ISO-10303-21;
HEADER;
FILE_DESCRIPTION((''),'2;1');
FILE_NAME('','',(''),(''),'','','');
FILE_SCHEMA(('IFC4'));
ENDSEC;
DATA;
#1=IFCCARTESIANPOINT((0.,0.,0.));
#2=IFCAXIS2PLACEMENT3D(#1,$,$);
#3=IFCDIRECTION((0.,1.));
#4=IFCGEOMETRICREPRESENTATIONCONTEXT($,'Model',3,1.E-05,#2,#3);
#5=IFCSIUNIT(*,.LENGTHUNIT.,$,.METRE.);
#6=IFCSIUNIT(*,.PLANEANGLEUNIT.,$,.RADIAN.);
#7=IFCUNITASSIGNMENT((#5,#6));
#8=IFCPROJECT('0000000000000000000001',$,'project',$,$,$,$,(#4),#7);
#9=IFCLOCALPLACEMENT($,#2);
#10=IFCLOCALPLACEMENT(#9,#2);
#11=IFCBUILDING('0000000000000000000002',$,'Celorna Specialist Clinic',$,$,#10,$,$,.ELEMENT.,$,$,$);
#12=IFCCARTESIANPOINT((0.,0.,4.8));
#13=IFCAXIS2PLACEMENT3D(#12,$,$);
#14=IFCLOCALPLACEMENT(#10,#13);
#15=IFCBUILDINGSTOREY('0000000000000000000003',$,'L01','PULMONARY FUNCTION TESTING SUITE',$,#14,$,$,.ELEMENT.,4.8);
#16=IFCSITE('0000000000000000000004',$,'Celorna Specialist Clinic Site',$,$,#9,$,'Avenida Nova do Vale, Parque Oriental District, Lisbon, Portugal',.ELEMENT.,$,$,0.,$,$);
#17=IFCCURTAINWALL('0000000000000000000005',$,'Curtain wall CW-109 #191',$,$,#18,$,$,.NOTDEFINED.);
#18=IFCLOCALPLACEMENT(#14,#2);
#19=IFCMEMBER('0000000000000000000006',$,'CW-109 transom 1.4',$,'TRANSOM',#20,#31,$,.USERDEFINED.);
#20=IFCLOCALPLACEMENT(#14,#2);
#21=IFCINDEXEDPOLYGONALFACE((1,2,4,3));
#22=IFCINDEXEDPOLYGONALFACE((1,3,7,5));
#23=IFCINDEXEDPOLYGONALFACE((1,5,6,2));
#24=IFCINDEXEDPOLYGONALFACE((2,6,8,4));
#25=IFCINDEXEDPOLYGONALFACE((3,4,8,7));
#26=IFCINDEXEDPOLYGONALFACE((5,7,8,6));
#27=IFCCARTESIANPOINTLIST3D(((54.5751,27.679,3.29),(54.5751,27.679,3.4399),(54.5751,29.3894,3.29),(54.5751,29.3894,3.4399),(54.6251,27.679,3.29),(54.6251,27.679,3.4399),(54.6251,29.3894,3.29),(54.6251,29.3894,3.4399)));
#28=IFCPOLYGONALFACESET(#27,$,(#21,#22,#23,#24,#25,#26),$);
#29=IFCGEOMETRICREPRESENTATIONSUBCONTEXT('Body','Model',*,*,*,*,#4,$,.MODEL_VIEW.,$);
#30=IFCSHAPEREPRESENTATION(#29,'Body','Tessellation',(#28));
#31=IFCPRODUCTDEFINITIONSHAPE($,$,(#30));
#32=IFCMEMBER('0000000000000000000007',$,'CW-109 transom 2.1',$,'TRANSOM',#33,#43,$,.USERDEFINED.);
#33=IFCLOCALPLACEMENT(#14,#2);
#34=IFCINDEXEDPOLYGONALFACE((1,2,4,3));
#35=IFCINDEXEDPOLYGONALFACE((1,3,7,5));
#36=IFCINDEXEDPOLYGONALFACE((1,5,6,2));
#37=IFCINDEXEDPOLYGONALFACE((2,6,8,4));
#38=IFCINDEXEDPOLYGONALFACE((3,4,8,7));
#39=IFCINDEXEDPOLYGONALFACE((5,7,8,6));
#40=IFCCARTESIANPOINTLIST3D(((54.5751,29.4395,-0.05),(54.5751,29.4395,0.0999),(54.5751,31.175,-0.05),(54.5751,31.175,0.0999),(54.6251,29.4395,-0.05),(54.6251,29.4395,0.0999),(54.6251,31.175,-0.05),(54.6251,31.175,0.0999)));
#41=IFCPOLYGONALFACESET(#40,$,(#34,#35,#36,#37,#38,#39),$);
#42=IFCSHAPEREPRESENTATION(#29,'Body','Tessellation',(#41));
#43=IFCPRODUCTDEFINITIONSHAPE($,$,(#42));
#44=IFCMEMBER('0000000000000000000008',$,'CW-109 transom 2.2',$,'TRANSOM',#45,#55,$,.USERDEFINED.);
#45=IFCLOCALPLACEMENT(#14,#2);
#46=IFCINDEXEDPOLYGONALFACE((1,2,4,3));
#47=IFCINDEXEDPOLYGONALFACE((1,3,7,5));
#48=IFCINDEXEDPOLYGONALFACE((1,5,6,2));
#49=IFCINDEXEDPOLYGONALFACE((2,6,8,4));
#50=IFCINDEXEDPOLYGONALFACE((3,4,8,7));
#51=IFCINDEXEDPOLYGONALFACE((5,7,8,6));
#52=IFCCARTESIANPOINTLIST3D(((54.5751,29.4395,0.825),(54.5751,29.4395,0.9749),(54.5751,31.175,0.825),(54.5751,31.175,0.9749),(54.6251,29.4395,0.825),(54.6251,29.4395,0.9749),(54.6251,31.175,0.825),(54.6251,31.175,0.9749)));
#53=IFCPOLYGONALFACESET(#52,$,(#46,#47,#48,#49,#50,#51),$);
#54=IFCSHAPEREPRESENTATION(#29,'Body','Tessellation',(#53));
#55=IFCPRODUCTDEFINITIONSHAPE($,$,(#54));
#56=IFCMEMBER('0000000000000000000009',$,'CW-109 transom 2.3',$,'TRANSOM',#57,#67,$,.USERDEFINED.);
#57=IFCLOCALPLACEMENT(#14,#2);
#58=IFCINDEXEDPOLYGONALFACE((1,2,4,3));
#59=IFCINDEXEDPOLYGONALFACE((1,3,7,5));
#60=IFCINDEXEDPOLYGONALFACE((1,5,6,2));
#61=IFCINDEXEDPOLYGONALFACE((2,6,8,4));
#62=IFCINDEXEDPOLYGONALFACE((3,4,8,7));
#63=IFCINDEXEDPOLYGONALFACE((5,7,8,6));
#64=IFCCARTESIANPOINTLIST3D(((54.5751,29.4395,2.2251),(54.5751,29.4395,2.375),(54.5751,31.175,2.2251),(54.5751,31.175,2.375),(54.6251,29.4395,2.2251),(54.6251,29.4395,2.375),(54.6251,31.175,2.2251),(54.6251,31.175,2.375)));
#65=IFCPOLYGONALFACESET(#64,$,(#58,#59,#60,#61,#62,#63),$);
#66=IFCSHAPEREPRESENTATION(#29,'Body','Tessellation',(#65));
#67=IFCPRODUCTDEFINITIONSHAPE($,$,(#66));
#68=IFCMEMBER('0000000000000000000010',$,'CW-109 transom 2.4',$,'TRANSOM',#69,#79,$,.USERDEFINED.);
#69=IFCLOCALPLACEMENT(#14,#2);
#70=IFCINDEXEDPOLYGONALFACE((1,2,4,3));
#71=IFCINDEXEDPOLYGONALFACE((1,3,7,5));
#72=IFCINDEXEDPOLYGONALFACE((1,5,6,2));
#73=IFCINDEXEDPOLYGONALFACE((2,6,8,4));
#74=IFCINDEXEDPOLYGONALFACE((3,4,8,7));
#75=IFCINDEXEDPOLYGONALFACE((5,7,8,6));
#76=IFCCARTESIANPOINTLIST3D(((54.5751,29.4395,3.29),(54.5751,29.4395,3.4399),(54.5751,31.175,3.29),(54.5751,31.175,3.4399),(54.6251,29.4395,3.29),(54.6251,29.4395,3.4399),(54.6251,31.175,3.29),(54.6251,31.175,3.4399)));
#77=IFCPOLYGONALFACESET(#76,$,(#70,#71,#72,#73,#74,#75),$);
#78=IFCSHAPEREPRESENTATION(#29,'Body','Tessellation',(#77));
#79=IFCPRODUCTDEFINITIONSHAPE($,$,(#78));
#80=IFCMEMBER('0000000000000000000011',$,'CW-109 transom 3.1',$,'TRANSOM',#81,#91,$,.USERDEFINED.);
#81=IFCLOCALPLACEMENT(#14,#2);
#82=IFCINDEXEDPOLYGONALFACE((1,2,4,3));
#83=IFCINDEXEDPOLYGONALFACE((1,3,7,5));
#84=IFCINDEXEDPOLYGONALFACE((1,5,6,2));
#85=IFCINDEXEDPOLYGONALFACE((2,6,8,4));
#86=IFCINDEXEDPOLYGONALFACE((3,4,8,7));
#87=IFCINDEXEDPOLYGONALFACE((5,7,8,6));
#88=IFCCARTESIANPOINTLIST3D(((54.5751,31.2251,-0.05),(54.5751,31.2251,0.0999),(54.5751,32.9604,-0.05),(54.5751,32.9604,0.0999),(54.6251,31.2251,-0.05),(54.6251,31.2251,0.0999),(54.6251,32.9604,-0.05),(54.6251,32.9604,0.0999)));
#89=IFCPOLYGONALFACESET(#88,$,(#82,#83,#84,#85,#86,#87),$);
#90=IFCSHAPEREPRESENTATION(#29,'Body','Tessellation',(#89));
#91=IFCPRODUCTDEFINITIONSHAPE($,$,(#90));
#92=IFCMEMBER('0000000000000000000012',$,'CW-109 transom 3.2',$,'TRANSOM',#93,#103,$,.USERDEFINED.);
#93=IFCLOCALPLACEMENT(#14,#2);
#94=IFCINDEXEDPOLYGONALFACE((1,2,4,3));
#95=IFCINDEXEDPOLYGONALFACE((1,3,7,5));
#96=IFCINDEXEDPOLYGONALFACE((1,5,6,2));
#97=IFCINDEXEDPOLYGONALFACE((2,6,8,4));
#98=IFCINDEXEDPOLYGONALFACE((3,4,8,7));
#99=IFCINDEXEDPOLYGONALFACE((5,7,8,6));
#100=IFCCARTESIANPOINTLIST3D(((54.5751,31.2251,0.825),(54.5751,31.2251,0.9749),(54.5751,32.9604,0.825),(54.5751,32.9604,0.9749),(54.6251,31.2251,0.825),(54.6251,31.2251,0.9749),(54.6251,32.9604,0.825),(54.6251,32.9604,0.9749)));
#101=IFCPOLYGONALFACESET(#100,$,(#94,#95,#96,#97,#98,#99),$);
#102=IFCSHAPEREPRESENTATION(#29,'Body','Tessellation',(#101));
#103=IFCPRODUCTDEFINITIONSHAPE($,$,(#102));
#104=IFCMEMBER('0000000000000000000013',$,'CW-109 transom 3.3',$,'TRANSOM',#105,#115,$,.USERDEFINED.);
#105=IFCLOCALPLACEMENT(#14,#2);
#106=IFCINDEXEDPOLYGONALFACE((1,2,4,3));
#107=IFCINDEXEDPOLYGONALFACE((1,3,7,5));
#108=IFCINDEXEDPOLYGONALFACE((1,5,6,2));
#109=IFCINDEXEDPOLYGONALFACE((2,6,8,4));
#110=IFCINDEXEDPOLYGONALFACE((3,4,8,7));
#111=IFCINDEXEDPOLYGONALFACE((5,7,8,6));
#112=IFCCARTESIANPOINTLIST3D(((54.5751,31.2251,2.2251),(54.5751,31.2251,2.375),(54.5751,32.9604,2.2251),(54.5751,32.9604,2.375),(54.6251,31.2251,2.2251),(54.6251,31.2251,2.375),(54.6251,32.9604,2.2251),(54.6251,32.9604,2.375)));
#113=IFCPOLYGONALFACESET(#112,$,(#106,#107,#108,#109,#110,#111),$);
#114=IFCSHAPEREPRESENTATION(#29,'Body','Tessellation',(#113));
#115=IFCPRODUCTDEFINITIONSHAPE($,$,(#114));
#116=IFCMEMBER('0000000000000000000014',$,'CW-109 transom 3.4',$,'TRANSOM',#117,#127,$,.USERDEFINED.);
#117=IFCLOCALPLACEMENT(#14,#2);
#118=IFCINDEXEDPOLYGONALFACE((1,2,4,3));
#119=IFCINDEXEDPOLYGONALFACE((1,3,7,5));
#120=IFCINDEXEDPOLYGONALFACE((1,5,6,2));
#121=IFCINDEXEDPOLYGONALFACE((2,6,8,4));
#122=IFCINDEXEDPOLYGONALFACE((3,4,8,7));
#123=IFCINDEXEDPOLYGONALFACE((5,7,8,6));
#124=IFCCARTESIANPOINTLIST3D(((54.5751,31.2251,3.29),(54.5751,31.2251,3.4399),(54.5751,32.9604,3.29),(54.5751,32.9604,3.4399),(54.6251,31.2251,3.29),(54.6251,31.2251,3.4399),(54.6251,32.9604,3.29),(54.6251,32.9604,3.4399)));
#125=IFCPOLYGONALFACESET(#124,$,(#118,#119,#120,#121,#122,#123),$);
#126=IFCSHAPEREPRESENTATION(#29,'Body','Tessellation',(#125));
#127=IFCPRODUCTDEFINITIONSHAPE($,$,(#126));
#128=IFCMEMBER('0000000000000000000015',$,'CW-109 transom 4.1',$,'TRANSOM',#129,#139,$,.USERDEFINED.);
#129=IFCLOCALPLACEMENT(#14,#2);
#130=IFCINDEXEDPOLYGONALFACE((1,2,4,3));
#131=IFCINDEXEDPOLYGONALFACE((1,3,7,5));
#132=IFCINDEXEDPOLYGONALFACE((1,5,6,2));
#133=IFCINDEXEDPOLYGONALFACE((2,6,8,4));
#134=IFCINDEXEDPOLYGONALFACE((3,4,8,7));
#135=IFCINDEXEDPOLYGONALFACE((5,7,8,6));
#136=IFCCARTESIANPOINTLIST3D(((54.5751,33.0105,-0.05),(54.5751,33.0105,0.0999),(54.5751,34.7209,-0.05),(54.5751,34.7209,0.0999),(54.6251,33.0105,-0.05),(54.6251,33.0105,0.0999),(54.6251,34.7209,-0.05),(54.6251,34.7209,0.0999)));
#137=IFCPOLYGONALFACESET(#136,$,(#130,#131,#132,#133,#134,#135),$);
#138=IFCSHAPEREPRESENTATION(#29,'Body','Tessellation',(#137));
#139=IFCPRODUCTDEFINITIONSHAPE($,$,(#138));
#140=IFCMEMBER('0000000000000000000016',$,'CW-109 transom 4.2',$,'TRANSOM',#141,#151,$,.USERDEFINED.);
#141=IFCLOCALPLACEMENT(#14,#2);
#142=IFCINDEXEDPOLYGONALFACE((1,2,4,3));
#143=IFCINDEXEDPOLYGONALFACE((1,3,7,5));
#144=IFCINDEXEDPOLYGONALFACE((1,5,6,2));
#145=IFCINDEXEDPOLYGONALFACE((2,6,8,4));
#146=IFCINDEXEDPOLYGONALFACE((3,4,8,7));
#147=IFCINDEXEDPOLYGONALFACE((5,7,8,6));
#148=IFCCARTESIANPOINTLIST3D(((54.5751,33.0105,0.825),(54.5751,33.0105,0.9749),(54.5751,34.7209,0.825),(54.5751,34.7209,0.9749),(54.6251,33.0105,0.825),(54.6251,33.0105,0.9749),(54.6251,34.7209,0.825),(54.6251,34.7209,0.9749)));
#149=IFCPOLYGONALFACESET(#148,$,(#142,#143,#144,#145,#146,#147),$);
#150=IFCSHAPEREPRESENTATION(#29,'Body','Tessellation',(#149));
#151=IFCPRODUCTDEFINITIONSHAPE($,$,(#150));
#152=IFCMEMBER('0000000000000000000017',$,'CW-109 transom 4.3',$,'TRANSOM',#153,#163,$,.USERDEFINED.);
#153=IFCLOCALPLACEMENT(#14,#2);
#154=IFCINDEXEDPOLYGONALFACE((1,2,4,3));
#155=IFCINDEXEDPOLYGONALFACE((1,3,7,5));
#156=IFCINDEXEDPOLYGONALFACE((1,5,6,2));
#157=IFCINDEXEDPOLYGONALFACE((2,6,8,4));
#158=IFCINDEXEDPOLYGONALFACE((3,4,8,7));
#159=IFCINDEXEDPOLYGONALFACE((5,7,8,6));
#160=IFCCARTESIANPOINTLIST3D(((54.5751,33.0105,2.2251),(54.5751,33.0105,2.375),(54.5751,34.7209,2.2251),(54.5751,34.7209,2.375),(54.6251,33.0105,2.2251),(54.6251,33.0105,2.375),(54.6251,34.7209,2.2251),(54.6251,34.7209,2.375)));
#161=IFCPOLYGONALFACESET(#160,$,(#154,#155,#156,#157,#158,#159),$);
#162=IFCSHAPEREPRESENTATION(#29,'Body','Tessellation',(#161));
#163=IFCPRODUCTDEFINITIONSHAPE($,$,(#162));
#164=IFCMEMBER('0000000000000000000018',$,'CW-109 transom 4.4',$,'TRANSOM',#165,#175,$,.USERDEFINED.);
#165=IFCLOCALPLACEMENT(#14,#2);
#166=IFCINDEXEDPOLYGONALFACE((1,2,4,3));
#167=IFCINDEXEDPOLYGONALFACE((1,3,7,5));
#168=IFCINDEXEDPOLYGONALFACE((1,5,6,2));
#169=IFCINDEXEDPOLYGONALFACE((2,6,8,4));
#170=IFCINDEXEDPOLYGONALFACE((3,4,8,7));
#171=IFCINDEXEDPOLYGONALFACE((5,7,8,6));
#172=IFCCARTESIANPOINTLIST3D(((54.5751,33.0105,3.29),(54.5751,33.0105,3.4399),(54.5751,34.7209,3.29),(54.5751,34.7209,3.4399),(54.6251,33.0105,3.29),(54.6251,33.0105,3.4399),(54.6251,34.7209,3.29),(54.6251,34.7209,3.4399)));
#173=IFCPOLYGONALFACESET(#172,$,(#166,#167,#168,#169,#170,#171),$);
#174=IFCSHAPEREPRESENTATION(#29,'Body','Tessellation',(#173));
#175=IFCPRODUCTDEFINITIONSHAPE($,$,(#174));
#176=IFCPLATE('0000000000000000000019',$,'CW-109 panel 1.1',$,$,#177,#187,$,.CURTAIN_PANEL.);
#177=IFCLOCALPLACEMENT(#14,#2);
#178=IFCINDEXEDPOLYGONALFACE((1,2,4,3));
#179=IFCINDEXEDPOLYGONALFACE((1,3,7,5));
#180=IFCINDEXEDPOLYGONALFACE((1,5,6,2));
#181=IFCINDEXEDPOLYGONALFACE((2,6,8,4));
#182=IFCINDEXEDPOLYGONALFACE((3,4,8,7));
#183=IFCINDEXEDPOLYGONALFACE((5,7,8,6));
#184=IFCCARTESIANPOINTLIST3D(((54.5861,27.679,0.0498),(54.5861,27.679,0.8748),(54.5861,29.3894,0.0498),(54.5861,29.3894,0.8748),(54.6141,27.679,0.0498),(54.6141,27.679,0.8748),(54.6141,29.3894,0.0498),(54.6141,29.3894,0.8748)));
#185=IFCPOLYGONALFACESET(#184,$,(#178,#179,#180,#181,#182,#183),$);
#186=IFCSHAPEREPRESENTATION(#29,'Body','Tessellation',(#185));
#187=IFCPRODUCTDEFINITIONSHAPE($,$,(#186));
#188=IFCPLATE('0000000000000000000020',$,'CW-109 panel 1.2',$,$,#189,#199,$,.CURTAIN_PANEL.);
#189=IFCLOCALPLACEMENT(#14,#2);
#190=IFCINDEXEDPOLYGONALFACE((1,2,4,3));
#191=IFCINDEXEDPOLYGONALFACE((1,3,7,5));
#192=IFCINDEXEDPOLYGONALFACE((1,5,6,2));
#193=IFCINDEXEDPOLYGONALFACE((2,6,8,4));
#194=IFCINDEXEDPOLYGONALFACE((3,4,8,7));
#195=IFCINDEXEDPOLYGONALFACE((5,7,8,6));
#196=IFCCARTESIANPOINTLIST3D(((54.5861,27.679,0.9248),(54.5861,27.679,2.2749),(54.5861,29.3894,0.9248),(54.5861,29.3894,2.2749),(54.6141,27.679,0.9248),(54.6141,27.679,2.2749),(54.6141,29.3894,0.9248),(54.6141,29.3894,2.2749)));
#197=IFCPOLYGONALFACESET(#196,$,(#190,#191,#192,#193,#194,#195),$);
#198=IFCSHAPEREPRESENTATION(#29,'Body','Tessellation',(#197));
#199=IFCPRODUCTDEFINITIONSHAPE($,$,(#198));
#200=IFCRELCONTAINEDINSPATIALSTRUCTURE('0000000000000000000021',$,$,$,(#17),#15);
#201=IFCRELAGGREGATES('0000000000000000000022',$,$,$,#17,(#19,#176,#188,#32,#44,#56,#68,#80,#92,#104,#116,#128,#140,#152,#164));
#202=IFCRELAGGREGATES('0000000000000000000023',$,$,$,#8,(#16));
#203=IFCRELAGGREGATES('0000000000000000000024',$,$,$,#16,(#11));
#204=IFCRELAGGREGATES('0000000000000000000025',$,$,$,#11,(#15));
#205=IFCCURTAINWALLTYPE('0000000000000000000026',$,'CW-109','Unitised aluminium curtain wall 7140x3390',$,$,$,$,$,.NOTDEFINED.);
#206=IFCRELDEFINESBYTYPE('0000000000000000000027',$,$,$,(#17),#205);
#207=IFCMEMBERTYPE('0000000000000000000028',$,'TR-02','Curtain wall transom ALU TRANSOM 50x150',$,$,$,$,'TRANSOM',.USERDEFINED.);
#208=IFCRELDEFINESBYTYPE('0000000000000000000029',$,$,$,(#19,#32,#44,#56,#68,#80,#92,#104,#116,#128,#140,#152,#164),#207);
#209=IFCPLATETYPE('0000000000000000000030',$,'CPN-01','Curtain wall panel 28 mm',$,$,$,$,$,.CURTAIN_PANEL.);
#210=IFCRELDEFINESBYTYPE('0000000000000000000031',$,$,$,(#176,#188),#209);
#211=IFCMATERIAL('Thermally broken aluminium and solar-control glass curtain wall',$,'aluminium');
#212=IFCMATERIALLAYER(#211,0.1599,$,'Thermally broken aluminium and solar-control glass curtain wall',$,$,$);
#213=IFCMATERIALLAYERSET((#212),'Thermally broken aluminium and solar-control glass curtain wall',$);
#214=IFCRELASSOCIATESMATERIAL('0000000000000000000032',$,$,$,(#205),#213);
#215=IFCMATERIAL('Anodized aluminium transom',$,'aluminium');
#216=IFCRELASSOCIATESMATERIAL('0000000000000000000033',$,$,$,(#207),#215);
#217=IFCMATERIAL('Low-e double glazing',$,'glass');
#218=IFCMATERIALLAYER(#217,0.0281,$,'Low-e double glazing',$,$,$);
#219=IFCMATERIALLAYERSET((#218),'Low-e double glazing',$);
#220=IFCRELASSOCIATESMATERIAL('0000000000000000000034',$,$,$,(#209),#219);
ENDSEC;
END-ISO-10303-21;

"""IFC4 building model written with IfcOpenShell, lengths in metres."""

from ifc_helpers import new_model, si_unit, direction, frame, origin, origin_2d, place, context, subcontext, project, spatial, rectangle, extrude, material, layer, layer_set, material_profile, profile_set, type_object, element, aggregate, save


model = new_model("IFC4")

# Units and contexts
model_context = context("Model", 3, precision=1e-05, world=origin(), true_north=direction((0.0, 1.0)))
body_context = subcontext(model_context, "Body", "Model", "MODEL_VIEW")
ifc_project = project(units=[si_unit("LENGTHUNIT", "METRE"), si_unit("PLANEANGLEUNIT", "RADIAN")], contexts=[model_context])

# Site, building, storey
site_placement = place(None, origin())
site = spatial("IfcSite", under=ifc_project, at=site_placement, Name="Celorna Specialist Clinic Site", LongName="Avenida Nova do Vale, Parque Oriental District, Lisbon, Portugal", CompositionType="ELEMENT", RefElevation=0.0)
building_placement = place(site_placement, origin())
building = spatial("IfcBuilding", under=site, at=building_placement, Name="Celorna Specialist Clinic", CompositionType="ELEMENT")
storey_placement = place(building_placement, frame((0.0, 0.0, 4.8)))
storey = spatial("IfcBuildingStorey", under=building, at=storey_placement, Name="L01", Description="PULMONARY FUNCTION TESTING SUITE", CompositionType="ELEMENT", Elevation=4.8)

# Curtain wall
ifc_material_1 = material(Name="Thermally broken aluminium and solar-control glass curtain wall", Category="aluminium")
ifc_layer_1 = layer(ifc_material_1, 0.1599, Name="Thermally broken aluminium and solar-control glass curtain wall")
ifc_layer_set_1 = layer_set([ifc_layer_1], Name="Thermally broken aluminium and solar-control glass curtain wall")
curtain_wall_type_1 = type_object("IfcCurtainWallType", Name="CW-109", Description="Unitised aluminium curtain wall 7140x3390", PredefinedType="NOTDEFINED", material=ifc_layer_set_1)
curtain_wall_1_placement = place(storey_placement, origin())
curtain_wall_1 = element("IfcCurtainWall", 1, at=curtain_wall_1_placement, inside=storey, type_object=curtain_wall_type_1, Name="Curtain wall CW-109 #191", PredefinedType="NOTDEFINED")

# Members
ifc_material_2 = material(Name="Anodized aluminium transom", Category="aluminium")
ifc_material_profile_1 = material_profile(ifc_material_2, rectangle(XDim=0.05, YDim=0.1499, at=origin_2d()), Name="ALU TRANSOM 50x150")
ifc_profile_set_1 = profile_set([ifc_material_profile_1], Name="Anodized aluminium transom")
member_type_1 = type_object("IfcMemberType", Name="TR-02", Description="Curtain wall transom ALU TRANSOM 50x150", ElementType="TRANSOM", PredefinedType="USERDEFINED", material=ifc_profile_set_1)
member_1_placement = place(storey_placement, frame((54.6001, 27.679, 3.365), z_axis=(0.0, 1.0, 0.0), x_axis=(-1.0, 0.0, 0.0)))
member_1 = element("IfcMember", 2, at=member_1_placement, type_object=member_type_1, Name="CW-109 transom 1.4", ObjectType="TRANSOM", PredefinedType="USERDEFINED", context=body_context, shape_type="SweptSolid", body=[
    extrude(rectangle(XDim=0.05, YDim=0.1499, at=origin_2d()), origin(), (0.0, 0.0, 1.0), 1.7104),
])
member_2_placement = place(storey_placement, frame((54.6001, 29.4395, 0.0249), z_axis=(0.0, 1.0, 0.0), x_axis=(-1.0, 0.0, 0.0)))
member_2 = element("IfcMember", 3, at=member_2_placement, type_object=member_type_1, Name="CW-109 transom 2.1", ObjectType="TRANSOM", PredefinedType="USERDEFINED", context=body_context, shape_type="SweptSolid", body=[
    extrude(rectangle(XDim=0.05, YDim=0.1499, at=origin_2d()), origin(), (0.0, 0.0, 1.0), 1.7356),
])
member_3_placement = place(storey_placement, frame((54.6001, 29.4395, 0.8999), z_axis=(0.0, 1.0, 0.0), x_axis=(-1.0, 0.0, 0.0)))
member_3 = element("IfcMember", 4, at=member_3_placement, type_object=member_type_1, Name="CW-109 transom 2.2", ObjectType="TRANSOM", PredefinedType="USERDEFINED", context=body_context, shape_type="SweptSolid", body=[
    extrude(rectangle(XDim=0.05, YDim=0.1499, at=origin_2d()), origin(), (0.0, 0.0, 1.0), 1.7356),
])
member_4_placement = place(storey_placement, frame((54.6001, 29.4395, 2.3), z_axis=(0.0, 1.0, 0.0), x_axis=(-1.0, 0.0, 0.0)))
member_4 = element("IfcMember", 5, at=member_4_placement, type_object=member_type_1, Name="CW-109 transom 2.3", ObjectType="TRANSOM", PredefinedType="USERDEFINED", context=body_context, shape_type="SweptSolid", body=[
    extrude(rectangle(XDim=0.05, YDim=0.1499, at=origin_2d()), origin(), (0.0, 0.0, 1.0), 1.7356),
])
member_5_placement = place(storey_placement, frame((54.6001, 29.4395, 3.365), z_axis=(0.0, 1.0, 0.0), x_axis=(-1.0, 0.0, 0.0)))
member_5 = element("IfcMember", 6, at=member_5_placement, type_object=member_type_1, Name="CW-109 transom 2.4", ObjectType="TRANSOM", PredefinedType="USERDEFINED", context=body_context, shape_type="SweptSolid", body=[
    extrude(rectangle(XDim=0.05, YDim=0.1499, at=origin_2d()), origin(), (0.0, 0.0, 1.0), 1.7356),
])
member_6_placement = place(storey_placement, frame((54.6001, 31.2251, 0.0249), z_axis=(0.0, 1.0, 0.0), x_axis=(-1.0, 0.0, 0.0)))
member_6 = element("IfcMember", 7, at=member_6_placement, type_object=member_type_1, Name="CW-109 transom 3.1", ObjectType="TRANSOM", PredefinedType="USERDEFINED", context=body_context, shape_type="SweptSolid", body=[
    extrude(rectangle(XDim=0.05, YDim=0.1499, at=origin_2d()), origin(), (0.0, 0.0, 1.0), 1.7354),
])
member_7_placement = place(storey_placement, frame((54.6001, 31.2251, 0.8999), z_axis=(0.0, 1.0, 0.0), x_axis=(-1.0, 0.0, 0.0)))
member_7 = element("IfcMember", 8, at=member_7_placement, type_object=member_type_1, Name="CW-109 transom 3.2", ObjectType="TRANSOM", PredefinedType="USERDEFINED", context=body_context, shape_type="SweptSolid", body=[
    extrude(rectangle(XDim=0.05, YDim=0.1499, at=origin_2d()), origin(), (0.0, 0.0, 1.0), 1.7354),
])
member_8_placement = place(storey_placement, frame((54.6001, 31.2251, 2.3), z_axis=(0.0, 1.0, 0.0), x_axis=(-1.0, 0.0, 0.0)))
member_8 = element("IfcMember", 9, at=member_8_placement, type_object=member_type_1, Name="CW-109 transom 3.3", ObjectType="TRANSOM", PredefinedType="USERDEFINED", context=body_context, shape_type="SweptSolid", body=[
    extrude(rectangle(XDim=0.05, YDim=0.1499, at=origin_2d()), origin(), (0.0, 0.0, 1.0), 1.7354),
])
member_9_placement = place(storey_placement, frame((54.6001, 31.2251, 3.365), z_axis=(0.0, 1.0, 0.0), x_axis=(-1.0, 0.0, 0.0)))
member_9 = element("IfcMember", 10, at=member_9_placement, type_object=member_type_1, Name="CW-109 transom 3.4", ObjectType="TRANSOM", PredefinedType="USERDEFINED", context=body_context, shape_type="SweptSolid", body=[
    extrude(rectangle(XDim=0.05, YDim=0.1499, at=origin_2d()), origin(), (0.0, 0.0, 1.0), 1.7354),
])
member_10_placement = place(storey_placement, frame((54.6001, 33.0105, 0.0249), z_axis=(0.0, 1.0, 0.0), x_axis=(-1.0, 0.0, 0.0)))
member_10 = element("IfcMember", 11, at=member_10_placement, type_object=member_type_1, Name="CW-109 transom 4.1", ObjectType="TRANSOM", PredefinedType="USERDEFINED", context=body_context, shape_type="SweptSolid", body=[
    extrude(rectangle(XDim=0.05, YDim=0.1499, at=origin_2d()), origin(), (0.0, 0.0, 1.0), 1.7104),
])
member_11_placement = place(storey_placement, frame((54.6001, 33.0105, 0.8999), z_axis=(0.0, 1.0, 0.0), x_axis=(-1.0, 0.0, 0.0)))
member_11 = element("IfcMember", 12, at=member_11_placement, type_object=member_type_1, Name="CW-109 transom 4.2", ObjectType="TRANSOM", PredefinedType="USERDEFINED", context=body_context, shape_type="SweptSolid", body=[
    extrude(rectangle(XDim=0.05, YDim=0.1499, at=origin_2d()), origin(), (0.0, 0.0, 1.0), 1.7104),
])
member_12_placement = place(storey_placement, frame((54.6001, 33.0105, 2.3), z_axis=(0.0, 1.0, 0.0), x_axis=(-1.0, 0.0, 0.0)))
member_12 = element("IfcMember", 13, at=member_12_placement, type_object=member_type_1, Name="CW-109 transom 4.3", ObjectType="TRANSOM", PredefinedType="USERDEFINED", context=body_context, shape_type="SweptSolid", body=[
    extrude(rectangle(XDim=0.05, YDim=0.1499, at=origin_2d()), origin(), (0.0, 0.0, 1.0), 1.7104),
])
member_13_placement = place(storey_placement, frame((54.6001, 33.0105, 3.365), z_axis=(0.0, 1.0, 0.0), x_axis=(-1.0, 0.0, 0.0)))
member_13 = element("IfcMember", 14, at=member_13_placement, type_object=member_type_1, Name="CW-109 transom 4.4", ObjectType="TRANSOM", PredefinedType="USERDEFINED", context=body_context, shape_type="SweptSolid", body=[
    extrude(rectangle(XDim=0.05, YDim=0.1499, at=origin_2d()), origin(), (0.0, 0.0, 1.0), 1.7104),
])

# Plates
ifc_material_3 = material(Name="Low-e double glazing", Category="glass")
ifc_layer_2 = layer(ifc_material_3, 0.0281, Name="Low-e double glazing")
ifc_layer_set_2 = layer_set([ifc_layer_2], Name="Low-e double glazing")
plate_type = type_object("IfcPlateType", Name="CPN-01", Description="Curtain wall panel 28 mm", PredefinedType="CURTAIN_PANEL", material=ifc_layer_set_2)
plate_1_placement = place(storey_placement, frame((54.6001, 28.5342, 0.0498), z_axis=(0.0, 0.0, 1.0), x_axis=(0.0, 1.0, 0.0)))
plate_1 = element("IfcPlate", 15, at=plate_1_placement, type_object=plate_type, Name="CW-109 panel 1.1", PredefinedType="CURTAIN_PANEL", context=body_context, shape_type="SweptSolid", body=[
    extrude(rectangle(XDim=1.7104, YDim=0.0281, at=origin_2d()), origin(), (0.0, 0.0, 1.0), 0.825),
])
plate_2_placement = place(storey_placement, frame((54.6001, 28.5342, 0.9248), z_axis=(0.0, 0.0, 1.0), x_axis=(0.0, 1.0, 0.0)))
plate_2 = element("IfcPlate", 16, at=plate_2_placement, type_object=plate_type, Name="CW-109 panel 1.2", PredefinedType="CURTAIN_PANEL", context=body_context, shape_type="SweptSolid", body=[
    extrude(rectangle(XDim=1.7104, YDim=0.0281, at=origin_2d()), origin(), (0.0, 0.0, 1.0), 1.3501),
])
aggregate(curtain_wall_1, [member_1, plate_1, plate_2, member_2, member_3, member_4, member_5, member_6, member_7, member_8, member_9, member_10, member_11, member_12, member_13])

save(model, "model.ifc")
